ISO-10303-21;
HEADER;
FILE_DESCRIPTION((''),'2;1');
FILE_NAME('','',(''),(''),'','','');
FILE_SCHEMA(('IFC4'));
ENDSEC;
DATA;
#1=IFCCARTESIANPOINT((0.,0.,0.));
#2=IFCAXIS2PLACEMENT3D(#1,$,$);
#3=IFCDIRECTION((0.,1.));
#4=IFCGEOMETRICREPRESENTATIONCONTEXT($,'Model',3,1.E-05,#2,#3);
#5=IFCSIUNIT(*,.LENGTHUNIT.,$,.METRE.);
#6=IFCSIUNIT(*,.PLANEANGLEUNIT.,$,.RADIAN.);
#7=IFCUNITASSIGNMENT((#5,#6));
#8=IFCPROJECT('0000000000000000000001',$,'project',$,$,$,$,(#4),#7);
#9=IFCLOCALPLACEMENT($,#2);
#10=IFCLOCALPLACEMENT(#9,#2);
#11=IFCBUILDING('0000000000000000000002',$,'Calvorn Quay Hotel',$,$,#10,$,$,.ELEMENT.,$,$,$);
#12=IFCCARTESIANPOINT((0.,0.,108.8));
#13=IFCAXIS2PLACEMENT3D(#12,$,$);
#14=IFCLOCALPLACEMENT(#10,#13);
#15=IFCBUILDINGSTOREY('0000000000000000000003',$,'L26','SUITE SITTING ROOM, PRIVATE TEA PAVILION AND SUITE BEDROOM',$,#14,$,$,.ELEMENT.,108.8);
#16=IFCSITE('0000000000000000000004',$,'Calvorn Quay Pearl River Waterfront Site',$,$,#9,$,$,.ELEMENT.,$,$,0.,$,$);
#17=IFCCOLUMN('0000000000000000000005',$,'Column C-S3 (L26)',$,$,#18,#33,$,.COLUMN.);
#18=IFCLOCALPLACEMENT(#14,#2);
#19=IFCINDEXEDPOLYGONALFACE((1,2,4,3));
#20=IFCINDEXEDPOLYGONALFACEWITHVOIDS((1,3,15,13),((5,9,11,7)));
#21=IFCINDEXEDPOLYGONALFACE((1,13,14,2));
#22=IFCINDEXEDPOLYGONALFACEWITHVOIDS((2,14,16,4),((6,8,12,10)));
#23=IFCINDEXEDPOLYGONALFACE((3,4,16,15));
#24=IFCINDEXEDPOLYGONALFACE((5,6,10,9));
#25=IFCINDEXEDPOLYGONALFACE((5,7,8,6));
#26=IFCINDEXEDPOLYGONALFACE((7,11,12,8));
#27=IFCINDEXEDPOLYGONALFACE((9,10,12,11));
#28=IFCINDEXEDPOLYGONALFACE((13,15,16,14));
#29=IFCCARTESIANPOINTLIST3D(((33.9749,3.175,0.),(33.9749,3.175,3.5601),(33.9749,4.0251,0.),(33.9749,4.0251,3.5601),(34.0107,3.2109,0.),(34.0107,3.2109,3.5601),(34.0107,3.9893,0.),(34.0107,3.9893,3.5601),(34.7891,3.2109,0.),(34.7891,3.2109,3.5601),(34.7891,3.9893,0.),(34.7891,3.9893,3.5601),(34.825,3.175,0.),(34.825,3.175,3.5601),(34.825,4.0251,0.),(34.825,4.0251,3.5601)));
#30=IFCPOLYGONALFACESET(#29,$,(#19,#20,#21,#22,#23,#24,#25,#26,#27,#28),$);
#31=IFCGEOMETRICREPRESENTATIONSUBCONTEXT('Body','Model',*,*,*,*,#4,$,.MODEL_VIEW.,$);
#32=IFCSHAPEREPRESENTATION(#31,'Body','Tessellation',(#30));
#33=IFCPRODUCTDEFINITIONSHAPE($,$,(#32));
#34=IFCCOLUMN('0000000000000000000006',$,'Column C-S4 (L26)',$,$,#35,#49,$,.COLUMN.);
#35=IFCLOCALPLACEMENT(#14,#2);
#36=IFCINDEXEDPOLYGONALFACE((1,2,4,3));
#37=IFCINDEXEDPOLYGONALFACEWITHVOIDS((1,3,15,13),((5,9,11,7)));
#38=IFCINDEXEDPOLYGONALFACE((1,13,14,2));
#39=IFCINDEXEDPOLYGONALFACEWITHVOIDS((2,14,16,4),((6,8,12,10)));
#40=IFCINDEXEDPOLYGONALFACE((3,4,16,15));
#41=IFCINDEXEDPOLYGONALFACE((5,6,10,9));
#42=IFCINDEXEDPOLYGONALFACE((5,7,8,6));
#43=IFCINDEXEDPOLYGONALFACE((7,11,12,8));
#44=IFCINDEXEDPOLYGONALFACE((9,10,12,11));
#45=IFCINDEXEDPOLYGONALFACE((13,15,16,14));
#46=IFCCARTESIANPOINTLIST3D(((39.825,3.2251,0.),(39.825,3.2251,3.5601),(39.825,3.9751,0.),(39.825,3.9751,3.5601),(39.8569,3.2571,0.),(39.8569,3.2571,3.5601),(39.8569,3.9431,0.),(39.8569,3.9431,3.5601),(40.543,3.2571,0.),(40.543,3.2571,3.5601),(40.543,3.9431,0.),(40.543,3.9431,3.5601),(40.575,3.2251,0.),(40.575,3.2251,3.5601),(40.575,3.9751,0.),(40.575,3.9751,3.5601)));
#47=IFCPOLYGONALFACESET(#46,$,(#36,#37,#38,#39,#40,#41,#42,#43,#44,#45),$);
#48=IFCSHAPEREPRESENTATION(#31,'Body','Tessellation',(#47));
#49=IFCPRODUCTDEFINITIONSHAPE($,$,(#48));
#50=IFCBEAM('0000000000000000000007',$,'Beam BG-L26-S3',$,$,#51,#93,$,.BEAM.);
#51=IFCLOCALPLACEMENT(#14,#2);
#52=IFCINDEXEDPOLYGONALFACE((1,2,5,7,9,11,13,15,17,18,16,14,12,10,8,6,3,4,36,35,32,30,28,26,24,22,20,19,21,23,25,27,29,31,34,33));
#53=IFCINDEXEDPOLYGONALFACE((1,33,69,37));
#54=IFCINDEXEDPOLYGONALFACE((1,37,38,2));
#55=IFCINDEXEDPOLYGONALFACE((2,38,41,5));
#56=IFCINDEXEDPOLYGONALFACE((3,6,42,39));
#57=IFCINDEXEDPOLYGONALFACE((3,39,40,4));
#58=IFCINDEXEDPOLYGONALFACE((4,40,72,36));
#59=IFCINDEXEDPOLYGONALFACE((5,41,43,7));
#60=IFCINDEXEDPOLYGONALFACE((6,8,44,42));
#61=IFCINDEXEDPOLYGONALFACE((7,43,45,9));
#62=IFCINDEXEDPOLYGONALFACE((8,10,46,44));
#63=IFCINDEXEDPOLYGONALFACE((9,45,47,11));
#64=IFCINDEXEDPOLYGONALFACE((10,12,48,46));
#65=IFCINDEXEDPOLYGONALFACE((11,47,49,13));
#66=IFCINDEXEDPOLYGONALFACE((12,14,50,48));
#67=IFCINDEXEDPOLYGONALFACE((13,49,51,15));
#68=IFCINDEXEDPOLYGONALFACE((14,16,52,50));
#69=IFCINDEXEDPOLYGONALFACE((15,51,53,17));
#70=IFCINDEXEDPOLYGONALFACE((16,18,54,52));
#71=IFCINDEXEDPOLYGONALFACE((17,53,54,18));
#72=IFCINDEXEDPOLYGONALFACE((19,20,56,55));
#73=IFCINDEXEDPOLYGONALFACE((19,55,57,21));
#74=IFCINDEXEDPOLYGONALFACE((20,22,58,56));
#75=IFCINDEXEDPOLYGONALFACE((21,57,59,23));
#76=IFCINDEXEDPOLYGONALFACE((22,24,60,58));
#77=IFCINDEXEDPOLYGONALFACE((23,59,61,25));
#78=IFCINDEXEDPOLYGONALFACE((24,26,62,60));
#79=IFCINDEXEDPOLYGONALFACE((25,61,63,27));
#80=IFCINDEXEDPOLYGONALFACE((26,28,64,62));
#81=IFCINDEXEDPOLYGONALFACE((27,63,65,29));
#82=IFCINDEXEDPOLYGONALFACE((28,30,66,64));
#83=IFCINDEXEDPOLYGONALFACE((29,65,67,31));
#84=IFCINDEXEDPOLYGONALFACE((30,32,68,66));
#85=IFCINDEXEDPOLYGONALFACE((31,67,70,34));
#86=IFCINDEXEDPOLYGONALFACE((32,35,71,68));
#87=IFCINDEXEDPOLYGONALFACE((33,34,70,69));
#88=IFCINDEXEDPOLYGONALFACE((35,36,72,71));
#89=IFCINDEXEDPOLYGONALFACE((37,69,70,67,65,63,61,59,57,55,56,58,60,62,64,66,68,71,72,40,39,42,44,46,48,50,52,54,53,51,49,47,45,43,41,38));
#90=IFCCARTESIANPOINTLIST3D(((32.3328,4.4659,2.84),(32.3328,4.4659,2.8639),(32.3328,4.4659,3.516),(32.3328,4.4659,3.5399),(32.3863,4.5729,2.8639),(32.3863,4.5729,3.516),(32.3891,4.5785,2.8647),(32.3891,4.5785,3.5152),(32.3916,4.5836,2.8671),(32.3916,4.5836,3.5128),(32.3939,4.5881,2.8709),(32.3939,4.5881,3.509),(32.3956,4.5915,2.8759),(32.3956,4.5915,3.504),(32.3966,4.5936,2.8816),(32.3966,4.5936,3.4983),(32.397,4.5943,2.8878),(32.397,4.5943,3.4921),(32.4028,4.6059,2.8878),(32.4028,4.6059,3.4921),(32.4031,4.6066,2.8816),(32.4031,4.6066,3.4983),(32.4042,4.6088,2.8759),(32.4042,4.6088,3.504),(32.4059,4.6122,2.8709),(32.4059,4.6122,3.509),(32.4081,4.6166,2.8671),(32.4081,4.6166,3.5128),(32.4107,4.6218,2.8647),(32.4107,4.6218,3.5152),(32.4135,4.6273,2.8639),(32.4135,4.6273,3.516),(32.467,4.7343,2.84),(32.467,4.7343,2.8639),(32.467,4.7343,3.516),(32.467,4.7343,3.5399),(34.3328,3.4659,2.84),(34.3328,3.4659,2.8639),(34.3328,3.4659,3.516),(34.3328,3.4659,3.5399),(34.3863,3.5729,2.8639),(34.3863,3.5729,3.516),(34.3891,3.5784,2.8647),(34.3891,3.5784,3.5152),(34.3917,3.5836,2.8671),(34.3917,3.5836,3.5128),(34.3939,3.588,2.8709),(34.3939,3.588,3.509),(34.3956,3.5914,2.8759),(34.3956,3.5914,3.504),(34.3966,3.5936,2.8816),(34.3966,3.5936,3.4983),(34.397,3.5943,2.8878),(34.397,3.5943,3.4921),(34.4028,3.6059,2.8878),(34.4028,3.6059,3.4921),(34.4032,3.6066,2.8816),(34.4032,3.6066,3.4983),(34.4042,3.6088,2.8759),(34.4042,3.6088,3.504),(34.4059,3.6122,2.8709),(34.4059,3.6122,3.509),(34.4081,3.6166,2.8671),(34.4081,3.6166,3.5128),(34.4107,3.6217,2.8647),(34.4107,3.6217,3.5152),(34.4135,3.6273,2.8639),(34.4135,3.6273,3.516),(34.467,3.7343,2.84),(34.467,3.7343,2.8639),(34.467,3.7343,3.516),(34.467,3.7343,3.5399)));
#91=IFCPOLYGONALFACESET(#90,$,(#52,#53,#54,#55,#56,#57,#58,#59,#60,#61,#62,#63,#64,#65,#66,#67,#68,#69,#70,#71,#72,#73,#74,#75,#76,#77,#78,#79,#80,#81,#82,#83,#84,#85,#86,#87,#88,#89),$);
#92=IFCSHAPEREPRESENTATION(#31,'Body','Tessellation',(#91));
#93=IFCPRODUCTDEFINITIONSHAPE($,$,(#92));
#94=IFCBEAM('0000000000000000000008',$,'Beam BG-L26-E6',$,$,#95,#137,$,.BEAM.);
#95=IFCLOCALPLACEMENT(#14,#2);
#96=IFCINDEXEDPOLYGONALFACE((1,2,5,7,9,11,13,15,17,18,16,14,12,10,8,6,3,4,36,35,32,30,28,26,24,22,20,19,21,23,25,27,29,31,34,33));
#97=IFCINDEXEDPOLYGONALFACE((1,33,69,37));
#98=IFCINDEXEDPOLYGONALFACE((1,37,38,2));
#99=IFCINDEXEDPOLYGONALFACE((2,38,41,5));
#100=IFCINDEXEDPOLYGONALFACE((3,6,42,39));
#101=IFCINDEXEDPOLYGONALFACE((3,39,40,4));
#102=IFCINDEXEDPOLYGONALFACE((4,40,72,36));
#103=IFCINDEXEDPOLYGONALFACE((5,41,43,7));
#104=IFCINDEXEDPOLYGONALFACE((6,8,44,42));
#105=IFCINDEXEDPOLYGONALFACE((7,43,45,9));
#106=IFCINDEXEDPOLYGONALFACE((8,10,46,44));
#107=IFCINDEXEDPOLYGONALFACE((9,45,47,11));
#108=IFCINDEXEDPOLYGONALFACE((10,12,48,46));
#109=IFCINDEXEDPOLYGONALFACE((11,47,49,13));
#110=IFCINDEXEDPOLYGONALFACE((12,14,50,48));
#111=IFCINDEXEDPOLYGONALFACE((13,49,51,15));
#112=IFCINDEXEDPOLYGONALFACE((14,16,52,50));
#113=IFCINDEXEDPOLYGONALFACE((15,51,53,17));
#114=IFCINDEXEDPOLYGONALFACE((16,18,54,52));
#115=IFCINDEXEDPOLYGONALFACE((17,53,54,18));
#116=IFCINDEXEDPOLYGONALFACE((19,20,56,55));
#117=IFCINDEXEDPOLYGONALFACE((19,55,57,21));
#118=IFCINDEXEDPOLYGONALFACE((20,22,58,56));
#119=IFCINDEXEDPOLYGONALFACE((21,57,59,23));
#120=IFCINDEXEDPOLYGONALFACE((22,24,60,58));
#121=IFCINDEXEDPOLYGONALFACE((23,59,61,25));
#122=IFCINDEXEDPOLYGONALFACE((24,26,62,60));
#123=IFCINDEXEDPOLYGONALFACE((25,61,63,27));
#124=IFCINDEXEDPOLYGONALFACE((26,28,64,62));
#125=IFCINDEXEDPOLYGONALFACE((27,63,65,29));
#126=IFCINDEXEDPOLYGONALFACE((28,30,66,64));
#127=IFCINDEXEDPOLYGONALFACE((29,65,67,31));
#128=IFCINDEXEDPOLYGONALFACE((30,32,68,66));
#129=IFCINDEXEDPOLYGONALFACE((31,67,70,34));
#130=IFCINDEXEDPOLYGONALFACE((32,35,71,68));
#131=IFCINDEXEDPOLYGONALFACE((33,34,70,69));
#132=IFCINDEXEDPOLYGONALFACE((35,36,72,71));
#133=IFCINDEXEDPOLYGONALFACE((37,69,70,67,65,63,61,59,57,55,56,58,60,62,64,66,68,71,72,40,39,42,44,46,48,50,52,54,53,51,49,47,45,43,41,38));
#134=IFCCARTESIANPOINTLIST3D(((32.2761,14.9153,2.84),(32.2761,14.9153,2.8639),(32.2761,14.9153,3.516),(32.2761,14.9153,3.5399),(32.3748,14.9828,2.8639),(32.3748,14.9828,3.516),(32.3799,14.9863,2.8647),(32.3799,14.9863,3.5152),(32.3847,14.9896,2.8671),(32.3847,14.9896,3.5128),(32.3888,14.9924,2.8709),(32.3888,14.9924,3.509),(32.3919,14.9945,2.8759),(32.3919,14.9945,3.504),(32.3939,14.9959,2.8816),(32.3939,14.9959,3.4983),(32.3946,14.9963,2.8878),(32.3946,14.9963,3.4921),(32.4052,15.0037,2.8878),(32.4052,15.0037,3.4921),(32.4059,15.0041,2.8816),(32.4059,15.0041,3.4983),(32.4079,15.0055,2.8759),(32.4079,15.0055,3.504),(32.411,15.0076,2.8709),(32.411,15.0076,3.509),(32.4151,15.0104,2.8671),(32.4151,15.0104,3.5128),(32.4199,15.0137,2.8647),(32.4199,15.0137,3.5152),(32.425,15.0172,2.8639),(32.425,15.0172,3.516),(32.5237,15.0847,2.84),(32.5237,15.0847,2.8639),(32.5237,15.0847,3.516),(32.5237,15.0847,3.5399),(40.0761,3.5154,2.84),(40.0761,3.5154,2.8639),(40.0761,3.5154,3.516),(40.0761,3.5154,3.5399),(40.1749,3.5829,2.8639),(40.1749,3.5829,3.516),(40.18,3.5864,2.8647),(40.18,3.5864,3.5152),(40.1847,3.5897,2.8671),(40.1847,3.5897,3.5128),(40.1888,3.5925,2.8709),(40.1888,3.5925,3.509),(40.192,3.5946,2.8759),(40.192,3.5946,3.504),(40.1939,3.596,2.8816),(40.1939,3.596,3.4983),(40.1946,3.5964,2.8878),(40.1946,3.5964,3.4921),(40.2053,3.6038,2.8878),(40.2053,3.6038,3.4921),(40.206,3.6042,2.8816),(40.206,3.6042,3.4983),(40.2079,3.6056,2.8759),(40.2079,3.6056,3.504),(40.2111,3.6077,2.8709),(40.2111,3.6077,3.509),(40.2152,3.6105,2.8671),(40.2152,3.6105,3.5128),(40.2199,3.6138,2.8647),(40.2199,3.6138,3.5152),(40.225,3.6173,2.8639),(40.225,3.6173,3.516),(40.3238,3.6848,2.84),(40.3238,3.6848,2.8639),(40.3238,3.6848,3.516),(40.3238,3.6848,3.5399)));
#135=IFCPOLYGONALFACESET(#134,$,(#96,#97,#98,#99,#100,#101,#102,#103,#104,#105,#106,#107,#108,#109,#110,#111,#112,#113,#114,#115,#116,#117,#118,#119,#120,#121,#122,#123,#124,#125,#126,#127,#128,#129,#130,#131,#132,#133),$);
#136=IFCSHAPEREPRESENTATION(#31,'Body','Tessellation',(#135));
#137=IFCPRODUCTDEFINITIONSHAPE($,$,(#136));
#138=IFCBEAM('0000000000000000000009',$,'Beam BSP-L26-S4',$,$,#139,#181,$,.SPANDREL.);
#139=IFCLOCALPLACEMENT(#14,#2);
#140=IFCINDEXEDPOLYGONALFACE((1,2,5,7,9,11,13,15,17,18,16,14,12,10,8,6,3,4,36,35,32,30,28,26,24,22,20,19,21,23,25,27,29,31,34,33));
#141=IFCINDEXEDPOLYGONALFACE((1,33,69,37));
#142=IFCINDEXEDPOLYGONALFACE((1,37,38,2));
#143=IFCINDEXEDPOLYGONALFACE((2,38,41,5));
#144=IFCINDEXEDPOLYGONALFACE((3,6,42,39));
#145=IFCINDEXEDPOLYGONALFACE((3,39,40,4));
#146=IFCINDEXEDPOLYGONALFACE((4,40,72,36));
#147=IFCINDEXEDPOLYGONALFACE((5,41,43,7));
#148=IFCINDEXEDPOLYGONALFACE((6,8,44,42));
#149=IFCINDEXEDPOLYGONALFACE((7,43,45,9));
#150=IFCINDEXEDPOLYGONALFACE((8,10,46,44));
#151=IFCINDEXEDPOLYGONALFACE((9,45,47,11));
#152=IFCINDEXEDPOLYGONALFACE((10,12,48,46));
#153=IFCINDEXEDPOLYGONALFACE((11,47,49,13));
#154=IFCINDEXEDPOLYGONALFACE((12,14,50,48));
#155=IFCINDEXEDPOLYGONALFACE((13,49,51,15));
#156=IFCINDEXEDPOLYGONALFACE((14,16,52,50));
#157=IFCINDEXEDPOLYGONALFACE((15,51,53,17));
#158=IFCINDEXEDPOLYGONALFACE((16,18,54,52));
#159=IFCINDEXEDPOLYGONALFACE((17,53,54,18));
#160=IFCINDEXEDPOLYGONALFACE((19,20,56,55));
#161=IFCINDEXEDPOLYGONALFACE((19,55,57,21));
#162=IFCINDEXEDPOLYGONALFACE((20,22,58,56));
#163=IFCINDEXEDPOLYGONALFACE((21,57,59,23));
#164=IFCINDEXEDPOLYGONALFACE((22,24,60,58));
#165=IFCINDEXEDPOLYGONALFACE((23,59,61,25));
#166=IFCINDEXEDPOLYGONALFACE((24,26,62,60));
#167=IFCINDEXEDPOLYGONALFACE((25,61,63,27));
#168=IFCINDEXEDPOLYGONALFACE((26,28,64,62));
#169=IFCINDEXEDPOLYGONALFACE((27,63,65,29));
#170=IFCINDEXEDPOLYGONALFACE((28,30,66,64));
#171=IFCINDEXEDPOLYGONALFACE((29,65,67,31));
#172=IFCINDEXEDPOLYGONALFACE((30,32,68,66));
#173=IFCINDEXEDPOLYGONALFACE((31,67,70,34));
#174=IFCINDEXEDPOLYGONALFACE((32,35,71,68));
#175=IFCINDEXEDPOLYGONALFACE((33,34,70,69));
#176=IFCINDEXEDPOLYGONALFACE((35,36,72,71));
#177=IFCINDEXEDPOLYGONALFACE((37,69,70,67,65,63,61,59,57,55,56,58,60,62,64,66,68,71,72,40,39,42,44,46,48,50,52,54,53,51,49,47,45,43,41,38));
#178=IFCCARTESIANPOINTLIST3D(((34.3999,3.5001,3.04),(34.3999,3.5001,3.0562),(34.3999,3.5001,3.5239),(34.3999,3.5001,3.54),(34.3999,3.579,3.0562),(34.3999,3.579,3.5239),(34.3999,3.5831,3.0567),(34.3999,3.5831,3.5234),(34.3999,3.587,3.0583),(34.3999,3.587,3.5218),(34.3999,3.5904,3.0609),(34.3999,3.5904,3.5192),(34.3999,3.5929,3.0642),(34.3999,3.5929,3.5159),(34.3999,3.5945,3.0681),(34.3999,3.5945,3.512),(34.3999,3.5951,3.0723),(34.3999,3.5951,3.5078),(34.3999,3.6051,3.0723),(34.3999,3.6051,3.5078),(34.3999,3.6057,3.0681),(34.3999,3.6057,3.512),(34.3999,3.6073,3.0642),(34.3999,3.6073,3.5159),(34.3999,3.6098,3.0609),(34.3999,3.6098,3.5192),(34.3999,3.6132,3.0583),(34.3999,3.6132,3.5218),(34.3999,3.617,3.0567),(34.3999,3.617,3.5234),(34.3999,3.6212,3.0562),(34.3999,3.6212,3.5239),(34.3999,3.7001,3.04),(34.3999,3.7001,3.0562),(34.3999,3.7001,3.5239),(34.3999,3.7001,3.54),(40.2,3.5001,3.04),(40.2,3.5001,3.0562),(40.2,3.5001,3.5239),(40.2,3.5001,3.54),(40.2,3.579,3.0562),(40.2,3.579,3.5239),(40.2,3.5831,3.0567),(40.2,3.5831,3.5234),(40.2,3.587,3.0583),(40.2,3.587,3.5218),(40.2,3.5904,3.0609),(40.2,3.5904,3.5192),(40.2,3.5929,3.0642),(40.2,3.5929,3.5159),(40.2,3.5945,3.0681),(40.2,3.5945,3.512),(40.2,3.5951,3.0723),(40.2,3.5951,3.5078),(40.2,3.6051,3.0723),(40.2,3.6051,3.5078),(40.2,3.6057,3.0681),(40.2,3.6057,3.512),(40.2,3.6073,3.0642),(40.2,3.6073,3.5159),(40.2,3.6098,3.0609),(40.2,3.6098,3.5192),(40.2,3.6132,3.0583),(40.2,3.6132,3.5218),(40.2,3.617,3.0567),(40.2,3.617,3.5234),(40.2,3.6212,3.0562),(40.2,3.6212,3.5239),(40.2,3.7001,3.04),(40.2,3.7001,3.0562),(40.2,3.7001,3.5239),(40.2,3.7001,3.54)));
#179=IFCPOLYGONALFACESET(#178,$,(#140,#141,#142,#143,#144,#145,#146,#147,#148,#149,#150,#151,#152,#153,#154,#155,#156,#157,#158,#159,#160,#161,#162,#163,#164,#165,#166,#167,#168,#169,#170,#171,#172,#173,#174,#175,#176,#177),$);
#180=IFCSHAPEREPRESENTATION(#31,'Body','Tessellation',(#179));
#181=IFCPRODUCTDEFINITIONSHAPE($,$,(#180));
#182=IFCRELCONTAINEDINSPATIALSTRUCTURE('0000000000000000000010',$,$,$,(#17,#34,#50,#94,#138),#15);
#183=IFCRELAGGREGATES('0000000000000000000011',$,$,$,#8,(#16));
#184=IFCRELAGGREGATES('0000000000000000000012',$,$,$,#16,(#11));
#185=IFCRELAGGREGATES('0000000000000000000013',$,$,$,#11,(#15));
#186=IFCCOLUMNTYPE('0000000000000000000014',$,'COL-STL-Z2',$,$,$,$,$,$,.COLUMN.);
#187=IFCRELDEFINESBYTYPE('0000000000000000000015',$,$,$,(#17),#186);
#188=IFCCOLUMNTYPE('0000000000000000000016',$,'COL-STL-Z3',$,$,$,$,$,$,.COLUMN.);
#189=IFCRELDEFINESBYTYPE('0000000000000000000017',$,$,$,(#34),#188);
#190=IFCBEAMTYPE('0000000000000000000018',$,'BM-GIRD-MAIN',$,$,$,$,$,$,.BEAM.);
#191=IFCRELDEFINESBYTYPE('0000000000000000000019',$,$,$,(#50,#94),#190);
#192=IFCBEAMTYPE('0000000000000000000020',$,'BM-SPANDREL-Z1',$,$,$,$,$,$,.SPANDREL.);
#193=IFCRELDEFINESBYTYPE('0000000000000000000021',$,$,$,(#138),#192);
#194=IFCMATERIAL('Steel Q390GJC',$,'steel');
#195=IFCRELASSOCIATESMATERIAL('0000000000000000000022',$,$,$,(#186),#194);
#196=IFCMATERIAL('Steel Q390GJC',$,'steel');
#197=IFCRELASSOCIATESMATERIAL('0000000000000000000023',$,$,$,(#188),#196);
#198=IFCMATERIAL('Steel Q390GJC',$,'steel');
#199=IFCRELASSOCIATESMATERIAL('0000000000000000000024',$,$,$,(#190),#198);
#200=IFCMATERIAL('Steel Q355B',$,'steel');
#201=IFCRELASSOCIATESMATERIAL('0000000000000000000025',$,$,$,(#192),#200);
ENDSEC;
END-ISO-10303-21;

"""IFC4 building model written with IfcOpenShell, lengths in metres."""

from ifc_helpers import new_model, si_unit, direction, frame, origin, origin_2d, place, context, subcontext, project, spatial, hollow_rectangle, i_section, extrude, material, material_profile, profile_set, type_object, element, save


model = new_model("IFC4")

# Units and contexts
model_context = context("Model", 3, precision=1e-05, world=origin(), true_north=direction((0.0, 1.0)))
body_context = subcontext(model_context, "Body", "Model", "MODEL_VIEW")
ifc_project = project(units=[si_unit("LENGTHUNIT", "METRE"), si_unit("PLANEANGLEUNIT", "RADIAN")], contexts=[model_context])

# Site, building, storey
site_placement = place(None, origin())
site = spatial("IfcSite", under=ifc_project, at=site_placement, Name="Calvorn Quay Pearl River Waterfront Site", CompositionType="ELEMENT", RefElevation=0.0)
building_placement = place(site_placement, origin())
building = spatial("IfcBuilding", under=site, at=building_placement, Name="Calvorn Quay Hotel", CompositionType="ELEMENT")
storey_placement = place(building_placement, frame((0.0, 0.0, 108.8)))
storey = spatial("IfcBuildingStorey", under=building, at=storey_placement, Name="L26", Description="SUITE SITTING ROOM, PRIVATE TEA PAVILION AND SUITE BEDROOM", CompositionType="ELEMENT", Elevation=108.8)

# Columns
ifc_material_1 = material(Name="Steel Q390GJC", Category="steel")
ifc_material_profile_1 = material_profile(ifc_material_1, hollow_rectangle(XDim=0.8501, YDim=0.8501, WallThickness=0.0359, at=origin_2d()), Name="BOX850x850x36")
ifc_profile_set_1 = profile_set([ifc_material_profile_1], Name="Steel Q390GJC")
column_type_1 = type_object("IfcColumnType", Name="COL-STL-Z2", PredefinedType="COLUMN", material=ifc_profile_set_1)
column_1_placement = place(storey_placement, frame((34.3999, 3.6001, 0.0), z_axis=(0.0, 0.0, 1.0), x_axis=(1.0, 0.0, 0.0)))
element("IfcColumn", 1, at=column_1_placement, inside=storey, type_object=column_type_1, Name="Column C-S3 (L26)", PredefinedType="COLUMN", context=body_context, shape_type="SweptSolid", body=[
    extrude(hollow_rectangle(XDim=0.8501, YDim=0.8501, WallThickness=0.0359, at=origin_2d()), origin(), (0.0, 0.0, 1.0), 3.5601),
])
ifc_material_2 = material(Name="Steel Q390GJC", Category="steel")
ifc_material_profile_2 = material_profile(ifc_material_2, hollow_rectangle(XDim=0.75, YDim=0.75, WallThickness=0.032, at=origin_2d()), Name="BOX750x750x32")
ifc_profile_set_2 = profile_set([ifc_material_profile_2], Name="Steel Q390GJC")
column_type_2 = type_object("IfcColumnType", Name="COL-STL-Z3", PredefinedType="COLUMN", material=ifc_profile_set_2)
column_2_placement = place(storey_placement, frame((40.2, 3.6001, 0.0), z_axis=(0.0, 0.0, 1.0), x_axis=(1.0, 0.0, 0.0)))
element("IfcColumn", 2, at=column_2_placement, inside=storey, type_object=column_type_2, Name="Column C-S4 (L26)", PredefinedType="COLUMN", context=body_context, shape_type="SweptSolid", body=[
    extrude(hollow_rectangle(XDim=0.75, YDim=0.75, WallThickness=0.032, at=origin_2d()), origin(), (0.0, 0.0, 1.0), 3.5601),
])

# Beams
ifc_material_3 = material(Name="Steel Q390GJC", Category="steel")
ifc_material_profile_3 = material_profile(ifc_material_3, i_section(OverallWidth=0.3, OverallDepth=0.7, WebThickness=0.0129, FlangeThickness=0.0239, FilletRadius=0.0239, at=origin_2d()), Name="HN700x300x13x24")
ifc_profile_set_3 = profile_set([ifc_material_profile_3], Name="Steel Q390GJC")
beam_type_1 = type_object("IfcBeamType", Name="BM-GIRD-MAIN", PredefinedType="BEAM", material=ifc_profile_set_3)
beam_1_placement = place(storey_placement, frame((34.3999, 3.6001, 3.1899), z_axis=(-0.894427, 0.447214, 0.0), x_axis=(-0.447214, -0.894427, 0.0)))
element("IfcBeam", 3, at=beam_1_placement, inside=storey, type_object=beam_type_1, Name="Beam BG-L26-S3", PredefinedType="BEAM", context=body_context, shape_type="SweptSolid", body=[
    extrude(i_section(OverallWidth=0.3, OverallDepth=0.7, WebThickness=0.0129, FlangeThickness=0.0239, FilletRadius=0.0239, at=origin_2d()), origin(), (0.0, 0.0, 1.0), 2.2361),
])
beam_2_placement = place(storey_placement, frame((40.2, 3.6001, 3.1899), z_axis=(-0.56469, 0.825303, 0.0), x_axis=(-0.825303, -0.56469, 0.0)))
element("IfcBeam", 4, at=beam_2_placement, inside=storey, type_object=beam_type_1, Name="Beam BG-L26-E6", PredefinedType="BEAM", context=body_context, shape_type="SweptSolid", body=[
    extrude(i_section(OverallWidth=0.3, OverallDepth=0.7, WebThickness=0.0129, FlangeThickness=0.0239, FilletRadius=0.0239, at=origin_2d()), origin(), (0.0, 0.0, 1.0), 13.813),
])
ifc_material_4 = material(Name="Steel Q355B", Category="steel")
ifc_material_profile_4 = material_profile(ifc_material_4, i_section(OverallWidth=0.2, OverallDepth=0.5, WebThickness=0.01, FlangeThickness=0.0161, FilletRadius=0.0161, at=origin_2d()), Name="HN500x200x10x16")
ifc_profile_set_4 = profile_set([ifc_material_profile_4], Name="Steel Q355B")
beam_type_2 = type_object("IfcBeamType", Name="BM-SPANDREL-Z1", PredefinedType="SPANDREL", material=ifc_profile_set_4)
beam_3_placement = place(storey_placement, frame((34.3999, 3.6001, 3.29), z_axis=(1.0, 0.0, 0.0), x_axis=(0.0, 1.0, 0.0)))
element("IfcBeam", 5, at=beam_3_placement, inside=storey, type_object=beam_type_2, Name="Beam BSP-L26-S4", PredefinedType="SPANDREL", context=body_context, shape_type="SweptSolid", body=[
    extrude(i_section(OverallWidth=0.2, OverallDepth=0.5, WebThickness=0.01, FlangeThickness=0.0161, FilletRadius=0.0161, at=origin_2d()), origin(), (0.0, 0.0, 1.0), 5.8),
])

save(model, "model.ifc")
